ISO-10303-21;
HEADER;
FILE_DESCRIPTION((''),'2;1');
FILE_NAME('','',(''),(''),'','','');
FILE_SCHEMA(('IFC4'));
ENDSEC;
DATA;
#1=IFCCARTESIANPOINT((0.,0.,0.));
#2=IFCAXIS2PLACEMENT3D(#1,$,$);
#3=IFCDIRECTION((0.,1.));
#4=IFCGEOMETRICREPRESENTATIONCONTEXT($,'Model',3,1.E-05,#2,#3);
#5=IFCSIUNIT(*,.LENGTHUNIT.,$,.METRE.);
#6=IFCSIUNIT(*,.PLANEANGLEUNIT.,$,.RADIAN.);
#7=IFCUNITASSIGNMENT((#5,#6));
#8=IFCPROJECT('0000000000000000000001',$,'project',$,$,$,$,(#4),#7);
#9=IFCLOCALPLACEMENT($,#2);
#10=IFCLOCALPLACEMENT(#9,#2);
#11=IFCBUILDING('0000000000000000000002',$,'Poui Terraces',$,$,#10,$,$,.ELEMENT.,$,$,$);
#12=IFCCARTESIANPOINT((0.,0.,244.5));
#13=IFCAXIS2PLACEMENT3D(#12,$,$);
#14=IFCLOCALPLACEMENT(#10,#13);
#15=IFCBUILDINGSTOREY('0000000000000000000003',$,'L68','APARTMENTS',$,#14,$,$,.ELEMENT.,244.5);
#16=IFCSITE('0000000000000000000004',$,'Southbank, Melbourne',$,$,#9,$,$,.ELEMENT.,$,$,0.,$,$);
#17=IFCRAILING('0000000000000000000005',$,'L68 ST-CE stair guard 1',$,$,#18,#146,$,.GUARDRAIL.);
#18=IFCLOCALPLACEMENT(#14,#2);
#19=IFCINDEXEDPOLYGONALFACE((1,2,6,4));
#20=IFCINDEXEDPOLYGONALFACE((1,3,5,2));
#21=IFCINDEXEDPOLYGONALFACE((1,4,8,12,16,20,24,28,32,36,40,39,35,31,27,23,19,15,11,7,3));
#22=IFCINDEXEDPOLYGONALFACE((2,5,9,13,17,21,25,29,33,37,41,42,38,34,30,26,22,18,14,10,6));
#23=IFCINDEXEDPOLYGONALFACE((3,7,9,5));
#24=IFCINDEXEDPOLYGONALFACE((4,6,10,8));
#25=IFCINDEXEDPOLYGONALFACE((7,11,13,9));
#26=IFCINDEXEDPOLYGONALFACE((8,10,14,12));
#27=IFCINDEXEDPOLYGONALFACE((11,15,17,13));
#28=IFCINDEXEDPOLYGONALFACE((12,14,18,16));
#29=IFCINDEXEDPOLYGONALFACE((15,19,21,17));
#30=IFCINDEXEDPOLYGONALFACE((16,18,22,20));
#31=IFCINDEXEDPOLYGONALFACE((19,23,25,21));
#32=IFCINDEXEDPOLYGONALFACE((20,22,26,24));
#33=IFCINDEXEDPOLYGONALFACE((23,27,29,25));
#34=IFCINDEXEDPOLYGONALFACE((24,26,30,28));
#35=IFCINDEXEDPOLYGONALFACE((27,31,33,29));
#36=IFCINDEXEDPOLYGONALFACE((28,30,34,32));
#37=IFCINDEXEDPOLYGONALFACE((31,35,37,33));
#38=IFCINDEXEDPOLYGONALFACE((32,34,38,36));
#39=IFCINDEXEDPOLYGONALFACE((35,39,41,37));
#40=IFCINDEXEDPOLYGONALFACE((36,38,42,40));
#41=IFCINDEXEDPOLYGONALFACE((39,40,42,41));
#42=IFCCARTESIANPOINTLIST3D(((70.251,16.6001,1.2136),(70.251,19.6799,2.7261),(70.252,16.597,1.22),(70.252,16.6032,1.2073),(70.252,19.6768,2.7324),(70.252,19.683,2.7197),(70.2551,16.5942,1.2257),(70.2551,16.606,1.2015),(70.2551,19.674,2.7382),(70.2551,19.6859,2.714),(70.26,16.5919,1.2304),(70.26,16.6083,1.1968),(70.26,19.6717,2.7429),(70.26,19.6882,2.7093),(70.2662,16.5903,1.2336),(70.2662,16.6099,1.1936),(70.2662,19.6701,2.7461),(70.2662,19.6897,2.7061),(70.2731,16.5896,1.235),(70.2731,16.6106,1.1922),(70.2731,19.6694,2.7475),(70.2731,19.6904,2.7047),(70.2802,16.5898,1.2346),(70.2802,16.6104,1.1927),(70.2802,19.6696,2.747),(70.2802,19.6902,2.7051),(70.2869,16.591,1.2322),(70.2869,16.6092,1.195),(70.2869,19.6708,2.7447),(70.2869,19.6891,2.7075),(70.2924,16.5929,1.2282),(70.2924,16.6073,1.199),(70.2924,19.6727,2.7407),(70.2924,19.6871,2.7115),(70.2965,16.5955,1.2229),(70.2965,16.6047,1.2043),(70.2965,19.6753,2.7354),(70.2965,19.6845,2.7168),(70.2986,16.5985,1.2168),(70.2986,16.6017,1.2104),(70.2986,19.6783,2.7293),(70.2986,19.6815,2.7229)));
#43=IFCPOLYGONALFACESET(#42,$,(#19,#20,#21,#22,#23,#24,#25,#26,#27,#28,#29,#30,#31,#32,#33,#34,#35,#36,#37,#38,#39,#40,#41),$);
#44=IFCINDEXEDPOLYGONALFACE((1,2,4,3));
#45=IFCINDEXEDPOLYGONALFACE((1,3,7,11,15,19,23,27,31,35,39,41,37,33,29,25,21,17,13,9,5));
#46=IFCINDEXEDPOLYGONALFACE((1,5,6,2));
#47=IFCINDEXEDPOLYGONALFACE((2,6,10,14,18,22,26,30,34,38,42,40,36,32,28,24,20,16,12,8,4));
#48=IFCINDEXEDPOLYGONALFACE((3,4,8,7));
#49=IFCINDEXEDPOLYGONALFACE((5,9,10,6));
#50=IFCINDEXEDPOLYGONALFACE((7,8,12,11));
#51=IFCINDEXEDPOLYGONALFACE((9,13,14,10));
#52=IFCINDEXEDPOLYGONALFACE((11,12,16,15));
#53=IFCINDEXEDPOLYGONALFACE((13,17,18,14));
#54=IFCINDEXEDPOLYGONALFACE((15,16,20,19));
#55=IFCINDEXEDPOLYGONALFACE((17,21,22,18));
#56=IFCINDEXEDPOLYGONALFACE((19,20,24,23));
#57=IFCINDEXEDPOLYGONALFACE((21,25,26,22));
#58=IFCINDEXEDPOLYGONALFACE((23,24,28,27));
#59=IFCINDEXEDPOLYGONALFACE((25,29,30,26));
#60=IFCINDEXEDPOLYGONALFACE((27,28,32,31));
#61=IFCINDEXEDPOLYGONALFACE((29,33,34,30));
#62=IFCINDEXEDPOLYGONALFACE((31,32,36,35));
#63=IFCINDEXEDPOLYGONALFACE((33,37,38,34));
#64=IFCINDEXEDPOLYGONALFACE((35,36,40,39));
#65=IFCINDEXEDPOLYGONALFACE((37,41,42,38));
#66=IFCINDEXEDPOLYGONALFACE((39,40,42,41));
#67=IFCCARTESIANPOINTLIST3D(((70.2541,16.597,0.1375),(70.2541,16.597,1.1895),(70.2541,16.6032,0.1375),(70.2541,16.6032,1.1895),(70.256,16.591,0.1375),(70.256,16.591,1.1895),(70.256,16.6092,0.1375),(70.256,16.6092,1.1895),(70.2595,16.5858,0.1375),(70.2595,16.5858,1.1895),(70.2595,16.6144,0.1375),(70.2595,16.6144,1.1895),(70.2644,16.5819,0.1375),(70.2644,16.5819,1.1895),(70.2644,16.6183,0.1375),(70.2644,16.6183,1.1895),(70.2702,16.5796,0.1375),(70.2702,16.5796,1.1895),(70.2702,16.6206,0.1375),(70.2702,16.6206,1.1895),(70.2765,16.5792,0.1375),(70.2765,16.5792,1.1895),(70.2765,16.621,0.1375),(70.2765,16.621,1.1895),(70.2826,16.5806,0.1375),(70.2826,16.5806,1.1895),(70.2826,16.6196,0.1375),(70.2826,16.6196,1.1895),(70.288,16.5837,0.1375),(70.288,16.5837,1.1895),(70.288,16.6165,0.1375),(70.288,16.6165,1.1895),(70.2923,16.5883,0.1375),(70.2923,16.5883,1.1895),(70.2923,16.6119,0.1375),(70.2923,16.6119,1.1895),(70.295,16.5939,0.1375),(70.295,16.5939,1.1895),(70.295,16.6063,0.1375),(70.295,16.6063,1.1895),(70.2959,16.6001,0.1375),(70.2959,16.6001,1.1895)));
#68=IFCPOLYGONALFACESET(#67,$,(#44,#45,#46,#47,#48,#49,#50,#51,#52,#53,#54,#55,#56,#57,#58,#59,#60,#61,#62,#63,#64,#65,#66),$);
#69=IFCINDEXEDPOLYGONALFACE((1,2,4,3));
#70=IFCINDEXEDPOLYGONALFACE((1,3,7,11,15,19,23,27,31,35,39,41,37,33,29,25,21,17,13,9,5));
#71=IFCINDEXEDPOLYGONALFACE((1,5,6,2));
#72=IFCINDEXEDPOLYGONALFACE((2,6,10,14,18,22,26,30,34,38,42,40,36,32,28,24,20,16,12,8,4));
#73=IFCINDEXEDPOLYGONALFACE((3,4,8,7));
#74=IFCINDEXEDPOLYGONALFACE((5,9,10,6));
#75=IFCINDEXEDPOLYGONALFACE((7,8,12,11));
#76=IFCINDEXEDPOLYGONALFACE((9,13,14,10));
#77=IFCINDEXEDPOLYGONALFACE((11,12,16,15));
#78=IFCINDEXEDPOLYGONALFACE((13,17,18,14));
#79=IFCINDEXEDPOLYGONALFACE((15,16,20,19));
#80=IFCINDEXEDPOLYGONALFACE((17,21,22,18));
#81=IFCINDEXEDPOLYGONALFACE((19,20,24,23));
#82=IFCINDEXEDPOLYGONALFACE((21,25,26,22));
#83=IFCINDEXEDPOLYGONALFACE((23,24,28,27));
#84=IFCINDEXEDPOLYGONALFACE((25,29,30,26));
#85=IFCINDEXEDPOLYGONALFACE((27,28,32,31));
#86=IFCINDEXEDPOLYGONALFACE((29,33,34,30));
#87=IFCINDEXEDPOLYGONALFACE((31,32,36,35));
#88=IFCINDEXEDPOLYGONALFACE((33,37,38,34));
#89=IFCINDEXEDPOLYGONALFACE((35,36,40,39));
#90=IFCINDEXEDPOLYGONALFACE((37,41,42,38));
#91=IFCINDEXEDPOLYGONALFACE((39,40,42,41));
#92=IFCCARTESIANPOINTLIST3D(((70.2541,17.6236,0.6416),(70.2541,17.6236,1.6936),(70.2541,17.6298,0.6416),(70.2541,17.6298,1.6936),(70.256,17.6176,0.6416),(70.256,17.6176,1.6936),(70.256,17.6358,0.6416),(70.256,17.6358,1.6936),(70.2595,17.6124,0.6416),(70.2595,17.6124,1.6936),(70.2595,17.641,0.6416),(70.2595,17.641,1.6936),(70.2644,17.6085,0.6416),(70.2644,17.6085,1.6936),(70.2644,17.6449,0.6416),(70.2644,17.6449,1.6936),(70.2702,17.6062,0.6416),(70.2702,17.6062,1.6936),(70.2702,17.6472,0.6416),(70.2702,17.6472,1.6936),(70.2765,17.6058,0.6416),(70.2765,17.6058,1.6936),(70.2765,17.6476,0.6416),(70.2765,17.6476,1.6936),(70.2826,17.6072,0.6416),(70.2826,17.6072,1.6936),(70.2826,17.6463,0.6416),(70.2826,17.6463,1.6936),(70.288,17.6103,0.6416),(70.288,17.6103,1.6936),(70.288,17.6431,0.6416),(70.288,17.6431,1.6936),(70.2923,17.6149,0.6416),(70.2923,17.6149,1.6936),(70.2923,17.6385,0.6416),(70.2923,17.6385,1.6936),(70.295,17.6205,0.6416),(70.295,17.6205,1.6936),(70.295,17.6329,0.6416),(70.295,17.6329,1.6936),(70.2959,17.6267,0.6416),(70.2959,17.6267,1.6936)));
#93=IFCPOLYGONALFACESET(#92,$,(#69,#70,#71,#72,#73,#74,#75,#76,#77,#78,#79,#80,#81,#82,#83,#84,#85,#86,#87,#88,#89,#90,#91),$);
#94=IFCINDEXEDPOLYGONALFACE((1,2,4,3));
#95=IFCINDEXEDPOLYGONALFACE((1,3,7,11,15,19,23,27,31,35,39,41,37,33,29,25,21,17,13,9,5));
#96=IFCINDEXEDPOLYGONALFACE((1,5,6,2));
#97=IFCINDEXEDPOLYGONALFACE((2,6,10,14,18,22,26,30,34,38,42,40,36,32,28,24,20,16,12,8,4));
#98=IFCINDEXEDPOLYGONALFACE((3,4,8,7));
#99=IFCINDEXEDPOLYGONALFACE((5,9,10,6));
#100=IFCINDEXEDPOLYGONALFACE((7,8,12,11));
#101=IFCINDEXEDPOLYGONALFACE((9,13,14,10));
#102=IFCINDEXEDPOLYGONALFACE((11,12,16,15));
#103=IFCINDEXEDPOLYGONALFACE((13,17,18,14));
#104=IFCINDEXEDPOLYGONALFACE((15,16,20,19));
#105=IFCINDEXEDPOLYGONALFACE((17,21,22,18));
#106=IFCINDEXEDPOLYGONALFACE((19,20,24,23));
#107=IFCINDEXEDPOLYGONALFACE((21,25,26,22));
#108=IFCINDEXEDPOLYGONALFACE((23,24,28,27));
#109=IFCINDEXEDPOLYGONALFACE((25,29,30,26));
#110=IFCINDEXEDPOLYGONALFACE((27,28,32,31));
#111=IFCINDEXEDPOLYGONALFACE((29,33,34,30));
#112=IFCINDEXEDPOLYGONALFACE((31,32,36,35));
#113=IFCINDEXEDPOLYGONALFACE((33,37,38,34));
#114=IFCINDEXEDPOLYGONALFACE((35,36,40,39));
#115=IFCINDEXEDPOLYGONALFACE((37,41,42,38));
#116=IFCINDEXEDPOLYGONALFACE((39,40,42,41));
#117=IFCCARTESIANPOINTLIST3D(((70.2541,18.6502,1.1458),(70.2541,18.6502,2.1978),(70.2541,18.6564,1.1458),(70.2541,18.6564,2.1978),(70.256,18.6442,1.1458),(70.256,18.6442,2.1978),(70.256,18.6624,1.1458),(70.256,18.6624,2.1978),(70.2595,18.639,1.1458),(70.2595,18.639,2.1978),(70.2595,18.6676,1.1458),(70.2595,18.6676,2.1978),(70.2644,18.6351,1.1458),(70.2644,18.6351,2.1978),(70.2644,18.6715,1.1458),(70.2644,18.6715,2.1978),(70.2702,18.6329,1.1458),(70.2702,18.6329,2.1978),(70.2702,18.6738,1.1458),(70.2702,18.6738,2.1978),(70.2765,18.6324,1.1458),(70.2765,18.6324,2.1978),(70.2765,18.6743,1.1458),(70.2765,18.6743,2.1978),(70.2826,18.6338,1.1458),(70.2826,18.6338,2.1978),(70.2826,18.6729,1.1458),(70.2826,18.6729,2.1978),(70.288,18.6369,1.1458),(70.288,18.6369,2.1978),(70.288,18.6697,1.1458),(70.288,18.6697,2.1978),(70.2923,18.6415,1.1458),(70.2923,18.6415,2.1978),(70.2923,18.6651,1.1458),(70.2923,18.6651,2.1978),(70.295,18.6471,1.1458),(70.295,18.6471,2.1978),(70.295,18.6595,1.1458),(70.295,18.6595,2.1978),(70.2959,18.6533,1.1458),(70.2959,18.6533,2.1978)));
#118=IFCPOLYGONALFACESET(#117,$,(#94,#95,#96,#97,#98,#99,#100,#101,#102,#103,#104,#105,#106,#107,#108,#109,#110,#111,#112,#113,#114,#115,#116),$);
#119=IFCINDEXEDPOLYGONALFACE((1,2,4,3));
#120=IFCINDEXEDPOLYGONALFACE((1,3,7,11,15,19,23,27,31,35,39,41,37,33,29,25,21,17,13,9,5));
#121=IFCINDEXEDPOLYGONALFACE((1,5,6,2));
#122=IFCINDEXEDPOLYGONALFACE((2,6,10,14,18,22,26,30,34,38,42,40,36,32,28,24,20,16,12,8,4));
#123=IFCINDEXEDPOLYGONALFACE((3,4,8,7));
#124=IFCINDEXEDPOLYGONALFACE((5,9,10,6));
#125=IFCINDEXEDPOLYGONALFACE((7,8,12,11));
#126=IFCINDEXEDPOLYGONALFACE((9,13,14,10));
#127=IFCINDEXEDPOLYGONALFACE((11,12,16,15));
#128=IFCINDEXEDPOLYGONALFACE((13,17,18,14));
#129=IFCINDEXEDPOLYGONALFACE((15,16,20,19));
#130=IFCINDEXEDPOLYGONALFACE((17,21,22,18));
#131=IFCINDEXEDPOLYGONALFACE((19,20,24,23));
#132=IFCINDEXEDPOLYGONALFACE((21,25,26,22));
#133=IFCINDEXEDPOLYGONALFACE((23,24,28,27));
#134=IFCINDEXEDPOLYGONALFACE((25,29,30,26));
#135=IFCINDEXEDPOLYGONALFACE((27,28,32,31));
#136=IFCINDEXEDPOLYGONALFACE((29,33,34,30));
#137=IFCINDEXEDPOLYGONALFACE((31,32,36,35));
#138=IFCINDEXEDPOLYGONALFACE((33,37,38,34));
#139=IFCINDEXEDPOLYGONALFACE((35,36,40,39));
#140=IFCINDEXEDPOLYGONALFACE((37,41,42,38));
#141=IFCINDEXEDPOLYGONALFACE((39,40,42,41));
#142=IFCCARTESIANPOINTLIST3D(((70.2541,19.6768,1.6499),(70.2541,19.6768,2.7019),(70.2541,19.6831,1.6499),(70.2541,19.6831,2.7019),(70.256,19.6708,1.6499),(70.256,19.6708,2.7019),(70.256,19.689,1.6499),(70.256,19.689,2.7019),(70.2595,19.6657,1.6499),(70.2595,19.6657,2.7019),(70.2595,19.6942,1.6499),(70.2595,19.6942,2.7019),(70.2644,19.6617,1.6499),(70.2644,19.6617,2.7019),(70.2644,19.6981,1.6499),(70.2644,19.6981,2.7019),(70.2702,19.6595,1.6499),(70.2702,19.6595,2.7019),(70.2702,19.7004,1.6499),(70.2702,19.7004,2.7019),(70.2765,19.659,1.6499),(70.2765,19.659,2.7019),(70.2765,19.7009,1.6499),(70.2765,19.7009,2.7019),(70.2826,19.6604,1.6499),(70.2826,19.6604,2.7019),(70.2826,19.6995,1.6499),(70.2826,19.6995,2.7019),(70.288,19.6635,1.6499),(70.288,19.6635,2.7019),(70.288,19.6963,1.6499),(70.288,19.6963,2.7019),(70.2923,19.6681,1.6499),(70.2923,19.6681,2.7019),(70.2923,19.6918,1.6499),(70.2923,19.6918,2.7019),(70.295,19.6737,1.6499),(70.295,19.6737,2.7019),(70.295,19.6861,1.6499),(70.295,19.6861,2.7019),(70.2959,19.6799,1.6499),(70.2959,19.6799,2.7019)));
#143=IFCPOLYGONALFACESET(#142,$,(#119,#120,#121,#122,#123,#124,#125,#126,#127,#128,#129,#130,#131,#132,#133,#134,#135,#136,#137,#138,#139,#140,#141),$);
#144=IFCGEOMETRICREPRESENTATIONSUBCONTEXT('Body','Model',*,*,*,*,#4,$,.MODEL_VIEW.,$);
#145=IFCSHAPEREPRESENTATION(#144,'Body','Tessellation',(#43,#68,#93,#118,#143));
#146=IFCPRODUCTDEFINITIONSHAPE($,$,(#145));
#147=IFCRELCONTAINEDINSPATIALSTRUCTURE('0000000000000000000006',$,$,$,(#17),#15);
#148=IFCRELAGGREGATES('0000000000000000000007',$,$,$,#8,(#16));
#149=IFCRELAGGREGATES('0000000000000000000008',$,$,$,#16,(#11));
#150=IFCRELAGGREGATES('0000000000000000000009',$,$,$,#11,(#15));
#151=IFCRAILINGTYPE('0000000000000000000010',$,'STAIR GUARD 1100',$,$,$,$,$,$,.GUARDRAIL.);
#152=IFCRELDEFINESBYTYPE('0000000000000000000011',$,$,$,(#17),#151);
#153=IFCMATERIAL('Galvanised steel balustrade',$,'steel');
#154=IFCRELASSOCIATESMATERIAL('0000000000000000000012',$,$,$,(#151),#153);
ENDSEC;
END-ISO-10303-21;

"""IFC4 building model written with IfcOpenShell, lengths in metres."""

from ifc_helpers import new_model, si_unit, direction, frame, origin, origin_2d, place, context, subcontext, project, spatial, circle, extrude, material, type_object, element, save


model = new_model("IFC4")

# Units and contexts
model_context = context("Model", 3, precision=1e-05, world=origin(), true_north=direction((0.0, 1.0)))
body_context = subcontext(model_context, "Body", "Model", "MODEL_VIEW")
ifc_project = project(units=[si_unit("LENGTHUNIT", "METRE"), si_unit("PLANEANGLEUNIT", "RADIAN")], contexts=[model_context])

# Site, building, storey
site_placement = place(None, origin())
site = spatial("IfcSite", under=ifc_project, at=site_placement, Name="Southbank, Melbourne", CompositionType="ELEMENT", RefElevation=0.0)
building_placement = place(site_placement, origin())
building = spatial("IfcBuilding", under=site, at=building_placement, Name="Poui Terraces", CompositionType="ELEMENT")
storey_placement = place(building_placement, frame((0.0, 0.0, 244.5)))
storey = spatial("IfcBuildingStorey", under=building, at=storey_placement, Name="L68", Description="APARTMENTS", CompositionType="ELEMENT", Elevation=244.5)

# Railing
ifc_material_1 = material(Name="Galvanised steel balustrade", Category="steel")
railing_type_1 = type_object("IfcRailingType", Name="STAIR GUARD 1100", PredefinedType="GUARDRAIL", material=ifc_material_1)
railing_1_placement = place(storey_placement, frame((70.2749, 16.6001, 0.1375)))
element("IfcRailing", 1, at=railing_1_placement, inside=storey, type_object=railing_type_1, Name="L68 ST-CE stair guard 1", PredefinedType="GUARDRAIL", context=body_context, shape_type="SweptSolid", body=[
    extrude(circle(Radius=0.0239, at=origin_2d()), frame((0.0, 0.0, 1.0762), z_axis=(0.0, 0.897606, 0.440798), x_axis=(-1.0, 0.0, 0.0)), (0.0, 0.0, 1.0), 3.4312),
    extrude(circle(Radius=0.021, at=origin_2d()), origin(), (0.0, 0.0, 1.0), 1.052),
    extrude(circle(Radius=0.021, at=origin_2d()), frame((0.0, 1.0266, 0.5042)), (0.0, 0.0, 1.0), 1.052),
    extrude(circle(Radius=0.021, at=origin_2d()), frame((0.0, 2.0532, 1.0083)), (0.0, 0.0, 1.0), 1.052),
    extrude(circle(Radius=0.021, at=origin_2d()), frame((0.0, 3.0798, 1.5125)), (0.0, 0.0, 1.0), 1.052),
])

save(model, "model.ifc")
